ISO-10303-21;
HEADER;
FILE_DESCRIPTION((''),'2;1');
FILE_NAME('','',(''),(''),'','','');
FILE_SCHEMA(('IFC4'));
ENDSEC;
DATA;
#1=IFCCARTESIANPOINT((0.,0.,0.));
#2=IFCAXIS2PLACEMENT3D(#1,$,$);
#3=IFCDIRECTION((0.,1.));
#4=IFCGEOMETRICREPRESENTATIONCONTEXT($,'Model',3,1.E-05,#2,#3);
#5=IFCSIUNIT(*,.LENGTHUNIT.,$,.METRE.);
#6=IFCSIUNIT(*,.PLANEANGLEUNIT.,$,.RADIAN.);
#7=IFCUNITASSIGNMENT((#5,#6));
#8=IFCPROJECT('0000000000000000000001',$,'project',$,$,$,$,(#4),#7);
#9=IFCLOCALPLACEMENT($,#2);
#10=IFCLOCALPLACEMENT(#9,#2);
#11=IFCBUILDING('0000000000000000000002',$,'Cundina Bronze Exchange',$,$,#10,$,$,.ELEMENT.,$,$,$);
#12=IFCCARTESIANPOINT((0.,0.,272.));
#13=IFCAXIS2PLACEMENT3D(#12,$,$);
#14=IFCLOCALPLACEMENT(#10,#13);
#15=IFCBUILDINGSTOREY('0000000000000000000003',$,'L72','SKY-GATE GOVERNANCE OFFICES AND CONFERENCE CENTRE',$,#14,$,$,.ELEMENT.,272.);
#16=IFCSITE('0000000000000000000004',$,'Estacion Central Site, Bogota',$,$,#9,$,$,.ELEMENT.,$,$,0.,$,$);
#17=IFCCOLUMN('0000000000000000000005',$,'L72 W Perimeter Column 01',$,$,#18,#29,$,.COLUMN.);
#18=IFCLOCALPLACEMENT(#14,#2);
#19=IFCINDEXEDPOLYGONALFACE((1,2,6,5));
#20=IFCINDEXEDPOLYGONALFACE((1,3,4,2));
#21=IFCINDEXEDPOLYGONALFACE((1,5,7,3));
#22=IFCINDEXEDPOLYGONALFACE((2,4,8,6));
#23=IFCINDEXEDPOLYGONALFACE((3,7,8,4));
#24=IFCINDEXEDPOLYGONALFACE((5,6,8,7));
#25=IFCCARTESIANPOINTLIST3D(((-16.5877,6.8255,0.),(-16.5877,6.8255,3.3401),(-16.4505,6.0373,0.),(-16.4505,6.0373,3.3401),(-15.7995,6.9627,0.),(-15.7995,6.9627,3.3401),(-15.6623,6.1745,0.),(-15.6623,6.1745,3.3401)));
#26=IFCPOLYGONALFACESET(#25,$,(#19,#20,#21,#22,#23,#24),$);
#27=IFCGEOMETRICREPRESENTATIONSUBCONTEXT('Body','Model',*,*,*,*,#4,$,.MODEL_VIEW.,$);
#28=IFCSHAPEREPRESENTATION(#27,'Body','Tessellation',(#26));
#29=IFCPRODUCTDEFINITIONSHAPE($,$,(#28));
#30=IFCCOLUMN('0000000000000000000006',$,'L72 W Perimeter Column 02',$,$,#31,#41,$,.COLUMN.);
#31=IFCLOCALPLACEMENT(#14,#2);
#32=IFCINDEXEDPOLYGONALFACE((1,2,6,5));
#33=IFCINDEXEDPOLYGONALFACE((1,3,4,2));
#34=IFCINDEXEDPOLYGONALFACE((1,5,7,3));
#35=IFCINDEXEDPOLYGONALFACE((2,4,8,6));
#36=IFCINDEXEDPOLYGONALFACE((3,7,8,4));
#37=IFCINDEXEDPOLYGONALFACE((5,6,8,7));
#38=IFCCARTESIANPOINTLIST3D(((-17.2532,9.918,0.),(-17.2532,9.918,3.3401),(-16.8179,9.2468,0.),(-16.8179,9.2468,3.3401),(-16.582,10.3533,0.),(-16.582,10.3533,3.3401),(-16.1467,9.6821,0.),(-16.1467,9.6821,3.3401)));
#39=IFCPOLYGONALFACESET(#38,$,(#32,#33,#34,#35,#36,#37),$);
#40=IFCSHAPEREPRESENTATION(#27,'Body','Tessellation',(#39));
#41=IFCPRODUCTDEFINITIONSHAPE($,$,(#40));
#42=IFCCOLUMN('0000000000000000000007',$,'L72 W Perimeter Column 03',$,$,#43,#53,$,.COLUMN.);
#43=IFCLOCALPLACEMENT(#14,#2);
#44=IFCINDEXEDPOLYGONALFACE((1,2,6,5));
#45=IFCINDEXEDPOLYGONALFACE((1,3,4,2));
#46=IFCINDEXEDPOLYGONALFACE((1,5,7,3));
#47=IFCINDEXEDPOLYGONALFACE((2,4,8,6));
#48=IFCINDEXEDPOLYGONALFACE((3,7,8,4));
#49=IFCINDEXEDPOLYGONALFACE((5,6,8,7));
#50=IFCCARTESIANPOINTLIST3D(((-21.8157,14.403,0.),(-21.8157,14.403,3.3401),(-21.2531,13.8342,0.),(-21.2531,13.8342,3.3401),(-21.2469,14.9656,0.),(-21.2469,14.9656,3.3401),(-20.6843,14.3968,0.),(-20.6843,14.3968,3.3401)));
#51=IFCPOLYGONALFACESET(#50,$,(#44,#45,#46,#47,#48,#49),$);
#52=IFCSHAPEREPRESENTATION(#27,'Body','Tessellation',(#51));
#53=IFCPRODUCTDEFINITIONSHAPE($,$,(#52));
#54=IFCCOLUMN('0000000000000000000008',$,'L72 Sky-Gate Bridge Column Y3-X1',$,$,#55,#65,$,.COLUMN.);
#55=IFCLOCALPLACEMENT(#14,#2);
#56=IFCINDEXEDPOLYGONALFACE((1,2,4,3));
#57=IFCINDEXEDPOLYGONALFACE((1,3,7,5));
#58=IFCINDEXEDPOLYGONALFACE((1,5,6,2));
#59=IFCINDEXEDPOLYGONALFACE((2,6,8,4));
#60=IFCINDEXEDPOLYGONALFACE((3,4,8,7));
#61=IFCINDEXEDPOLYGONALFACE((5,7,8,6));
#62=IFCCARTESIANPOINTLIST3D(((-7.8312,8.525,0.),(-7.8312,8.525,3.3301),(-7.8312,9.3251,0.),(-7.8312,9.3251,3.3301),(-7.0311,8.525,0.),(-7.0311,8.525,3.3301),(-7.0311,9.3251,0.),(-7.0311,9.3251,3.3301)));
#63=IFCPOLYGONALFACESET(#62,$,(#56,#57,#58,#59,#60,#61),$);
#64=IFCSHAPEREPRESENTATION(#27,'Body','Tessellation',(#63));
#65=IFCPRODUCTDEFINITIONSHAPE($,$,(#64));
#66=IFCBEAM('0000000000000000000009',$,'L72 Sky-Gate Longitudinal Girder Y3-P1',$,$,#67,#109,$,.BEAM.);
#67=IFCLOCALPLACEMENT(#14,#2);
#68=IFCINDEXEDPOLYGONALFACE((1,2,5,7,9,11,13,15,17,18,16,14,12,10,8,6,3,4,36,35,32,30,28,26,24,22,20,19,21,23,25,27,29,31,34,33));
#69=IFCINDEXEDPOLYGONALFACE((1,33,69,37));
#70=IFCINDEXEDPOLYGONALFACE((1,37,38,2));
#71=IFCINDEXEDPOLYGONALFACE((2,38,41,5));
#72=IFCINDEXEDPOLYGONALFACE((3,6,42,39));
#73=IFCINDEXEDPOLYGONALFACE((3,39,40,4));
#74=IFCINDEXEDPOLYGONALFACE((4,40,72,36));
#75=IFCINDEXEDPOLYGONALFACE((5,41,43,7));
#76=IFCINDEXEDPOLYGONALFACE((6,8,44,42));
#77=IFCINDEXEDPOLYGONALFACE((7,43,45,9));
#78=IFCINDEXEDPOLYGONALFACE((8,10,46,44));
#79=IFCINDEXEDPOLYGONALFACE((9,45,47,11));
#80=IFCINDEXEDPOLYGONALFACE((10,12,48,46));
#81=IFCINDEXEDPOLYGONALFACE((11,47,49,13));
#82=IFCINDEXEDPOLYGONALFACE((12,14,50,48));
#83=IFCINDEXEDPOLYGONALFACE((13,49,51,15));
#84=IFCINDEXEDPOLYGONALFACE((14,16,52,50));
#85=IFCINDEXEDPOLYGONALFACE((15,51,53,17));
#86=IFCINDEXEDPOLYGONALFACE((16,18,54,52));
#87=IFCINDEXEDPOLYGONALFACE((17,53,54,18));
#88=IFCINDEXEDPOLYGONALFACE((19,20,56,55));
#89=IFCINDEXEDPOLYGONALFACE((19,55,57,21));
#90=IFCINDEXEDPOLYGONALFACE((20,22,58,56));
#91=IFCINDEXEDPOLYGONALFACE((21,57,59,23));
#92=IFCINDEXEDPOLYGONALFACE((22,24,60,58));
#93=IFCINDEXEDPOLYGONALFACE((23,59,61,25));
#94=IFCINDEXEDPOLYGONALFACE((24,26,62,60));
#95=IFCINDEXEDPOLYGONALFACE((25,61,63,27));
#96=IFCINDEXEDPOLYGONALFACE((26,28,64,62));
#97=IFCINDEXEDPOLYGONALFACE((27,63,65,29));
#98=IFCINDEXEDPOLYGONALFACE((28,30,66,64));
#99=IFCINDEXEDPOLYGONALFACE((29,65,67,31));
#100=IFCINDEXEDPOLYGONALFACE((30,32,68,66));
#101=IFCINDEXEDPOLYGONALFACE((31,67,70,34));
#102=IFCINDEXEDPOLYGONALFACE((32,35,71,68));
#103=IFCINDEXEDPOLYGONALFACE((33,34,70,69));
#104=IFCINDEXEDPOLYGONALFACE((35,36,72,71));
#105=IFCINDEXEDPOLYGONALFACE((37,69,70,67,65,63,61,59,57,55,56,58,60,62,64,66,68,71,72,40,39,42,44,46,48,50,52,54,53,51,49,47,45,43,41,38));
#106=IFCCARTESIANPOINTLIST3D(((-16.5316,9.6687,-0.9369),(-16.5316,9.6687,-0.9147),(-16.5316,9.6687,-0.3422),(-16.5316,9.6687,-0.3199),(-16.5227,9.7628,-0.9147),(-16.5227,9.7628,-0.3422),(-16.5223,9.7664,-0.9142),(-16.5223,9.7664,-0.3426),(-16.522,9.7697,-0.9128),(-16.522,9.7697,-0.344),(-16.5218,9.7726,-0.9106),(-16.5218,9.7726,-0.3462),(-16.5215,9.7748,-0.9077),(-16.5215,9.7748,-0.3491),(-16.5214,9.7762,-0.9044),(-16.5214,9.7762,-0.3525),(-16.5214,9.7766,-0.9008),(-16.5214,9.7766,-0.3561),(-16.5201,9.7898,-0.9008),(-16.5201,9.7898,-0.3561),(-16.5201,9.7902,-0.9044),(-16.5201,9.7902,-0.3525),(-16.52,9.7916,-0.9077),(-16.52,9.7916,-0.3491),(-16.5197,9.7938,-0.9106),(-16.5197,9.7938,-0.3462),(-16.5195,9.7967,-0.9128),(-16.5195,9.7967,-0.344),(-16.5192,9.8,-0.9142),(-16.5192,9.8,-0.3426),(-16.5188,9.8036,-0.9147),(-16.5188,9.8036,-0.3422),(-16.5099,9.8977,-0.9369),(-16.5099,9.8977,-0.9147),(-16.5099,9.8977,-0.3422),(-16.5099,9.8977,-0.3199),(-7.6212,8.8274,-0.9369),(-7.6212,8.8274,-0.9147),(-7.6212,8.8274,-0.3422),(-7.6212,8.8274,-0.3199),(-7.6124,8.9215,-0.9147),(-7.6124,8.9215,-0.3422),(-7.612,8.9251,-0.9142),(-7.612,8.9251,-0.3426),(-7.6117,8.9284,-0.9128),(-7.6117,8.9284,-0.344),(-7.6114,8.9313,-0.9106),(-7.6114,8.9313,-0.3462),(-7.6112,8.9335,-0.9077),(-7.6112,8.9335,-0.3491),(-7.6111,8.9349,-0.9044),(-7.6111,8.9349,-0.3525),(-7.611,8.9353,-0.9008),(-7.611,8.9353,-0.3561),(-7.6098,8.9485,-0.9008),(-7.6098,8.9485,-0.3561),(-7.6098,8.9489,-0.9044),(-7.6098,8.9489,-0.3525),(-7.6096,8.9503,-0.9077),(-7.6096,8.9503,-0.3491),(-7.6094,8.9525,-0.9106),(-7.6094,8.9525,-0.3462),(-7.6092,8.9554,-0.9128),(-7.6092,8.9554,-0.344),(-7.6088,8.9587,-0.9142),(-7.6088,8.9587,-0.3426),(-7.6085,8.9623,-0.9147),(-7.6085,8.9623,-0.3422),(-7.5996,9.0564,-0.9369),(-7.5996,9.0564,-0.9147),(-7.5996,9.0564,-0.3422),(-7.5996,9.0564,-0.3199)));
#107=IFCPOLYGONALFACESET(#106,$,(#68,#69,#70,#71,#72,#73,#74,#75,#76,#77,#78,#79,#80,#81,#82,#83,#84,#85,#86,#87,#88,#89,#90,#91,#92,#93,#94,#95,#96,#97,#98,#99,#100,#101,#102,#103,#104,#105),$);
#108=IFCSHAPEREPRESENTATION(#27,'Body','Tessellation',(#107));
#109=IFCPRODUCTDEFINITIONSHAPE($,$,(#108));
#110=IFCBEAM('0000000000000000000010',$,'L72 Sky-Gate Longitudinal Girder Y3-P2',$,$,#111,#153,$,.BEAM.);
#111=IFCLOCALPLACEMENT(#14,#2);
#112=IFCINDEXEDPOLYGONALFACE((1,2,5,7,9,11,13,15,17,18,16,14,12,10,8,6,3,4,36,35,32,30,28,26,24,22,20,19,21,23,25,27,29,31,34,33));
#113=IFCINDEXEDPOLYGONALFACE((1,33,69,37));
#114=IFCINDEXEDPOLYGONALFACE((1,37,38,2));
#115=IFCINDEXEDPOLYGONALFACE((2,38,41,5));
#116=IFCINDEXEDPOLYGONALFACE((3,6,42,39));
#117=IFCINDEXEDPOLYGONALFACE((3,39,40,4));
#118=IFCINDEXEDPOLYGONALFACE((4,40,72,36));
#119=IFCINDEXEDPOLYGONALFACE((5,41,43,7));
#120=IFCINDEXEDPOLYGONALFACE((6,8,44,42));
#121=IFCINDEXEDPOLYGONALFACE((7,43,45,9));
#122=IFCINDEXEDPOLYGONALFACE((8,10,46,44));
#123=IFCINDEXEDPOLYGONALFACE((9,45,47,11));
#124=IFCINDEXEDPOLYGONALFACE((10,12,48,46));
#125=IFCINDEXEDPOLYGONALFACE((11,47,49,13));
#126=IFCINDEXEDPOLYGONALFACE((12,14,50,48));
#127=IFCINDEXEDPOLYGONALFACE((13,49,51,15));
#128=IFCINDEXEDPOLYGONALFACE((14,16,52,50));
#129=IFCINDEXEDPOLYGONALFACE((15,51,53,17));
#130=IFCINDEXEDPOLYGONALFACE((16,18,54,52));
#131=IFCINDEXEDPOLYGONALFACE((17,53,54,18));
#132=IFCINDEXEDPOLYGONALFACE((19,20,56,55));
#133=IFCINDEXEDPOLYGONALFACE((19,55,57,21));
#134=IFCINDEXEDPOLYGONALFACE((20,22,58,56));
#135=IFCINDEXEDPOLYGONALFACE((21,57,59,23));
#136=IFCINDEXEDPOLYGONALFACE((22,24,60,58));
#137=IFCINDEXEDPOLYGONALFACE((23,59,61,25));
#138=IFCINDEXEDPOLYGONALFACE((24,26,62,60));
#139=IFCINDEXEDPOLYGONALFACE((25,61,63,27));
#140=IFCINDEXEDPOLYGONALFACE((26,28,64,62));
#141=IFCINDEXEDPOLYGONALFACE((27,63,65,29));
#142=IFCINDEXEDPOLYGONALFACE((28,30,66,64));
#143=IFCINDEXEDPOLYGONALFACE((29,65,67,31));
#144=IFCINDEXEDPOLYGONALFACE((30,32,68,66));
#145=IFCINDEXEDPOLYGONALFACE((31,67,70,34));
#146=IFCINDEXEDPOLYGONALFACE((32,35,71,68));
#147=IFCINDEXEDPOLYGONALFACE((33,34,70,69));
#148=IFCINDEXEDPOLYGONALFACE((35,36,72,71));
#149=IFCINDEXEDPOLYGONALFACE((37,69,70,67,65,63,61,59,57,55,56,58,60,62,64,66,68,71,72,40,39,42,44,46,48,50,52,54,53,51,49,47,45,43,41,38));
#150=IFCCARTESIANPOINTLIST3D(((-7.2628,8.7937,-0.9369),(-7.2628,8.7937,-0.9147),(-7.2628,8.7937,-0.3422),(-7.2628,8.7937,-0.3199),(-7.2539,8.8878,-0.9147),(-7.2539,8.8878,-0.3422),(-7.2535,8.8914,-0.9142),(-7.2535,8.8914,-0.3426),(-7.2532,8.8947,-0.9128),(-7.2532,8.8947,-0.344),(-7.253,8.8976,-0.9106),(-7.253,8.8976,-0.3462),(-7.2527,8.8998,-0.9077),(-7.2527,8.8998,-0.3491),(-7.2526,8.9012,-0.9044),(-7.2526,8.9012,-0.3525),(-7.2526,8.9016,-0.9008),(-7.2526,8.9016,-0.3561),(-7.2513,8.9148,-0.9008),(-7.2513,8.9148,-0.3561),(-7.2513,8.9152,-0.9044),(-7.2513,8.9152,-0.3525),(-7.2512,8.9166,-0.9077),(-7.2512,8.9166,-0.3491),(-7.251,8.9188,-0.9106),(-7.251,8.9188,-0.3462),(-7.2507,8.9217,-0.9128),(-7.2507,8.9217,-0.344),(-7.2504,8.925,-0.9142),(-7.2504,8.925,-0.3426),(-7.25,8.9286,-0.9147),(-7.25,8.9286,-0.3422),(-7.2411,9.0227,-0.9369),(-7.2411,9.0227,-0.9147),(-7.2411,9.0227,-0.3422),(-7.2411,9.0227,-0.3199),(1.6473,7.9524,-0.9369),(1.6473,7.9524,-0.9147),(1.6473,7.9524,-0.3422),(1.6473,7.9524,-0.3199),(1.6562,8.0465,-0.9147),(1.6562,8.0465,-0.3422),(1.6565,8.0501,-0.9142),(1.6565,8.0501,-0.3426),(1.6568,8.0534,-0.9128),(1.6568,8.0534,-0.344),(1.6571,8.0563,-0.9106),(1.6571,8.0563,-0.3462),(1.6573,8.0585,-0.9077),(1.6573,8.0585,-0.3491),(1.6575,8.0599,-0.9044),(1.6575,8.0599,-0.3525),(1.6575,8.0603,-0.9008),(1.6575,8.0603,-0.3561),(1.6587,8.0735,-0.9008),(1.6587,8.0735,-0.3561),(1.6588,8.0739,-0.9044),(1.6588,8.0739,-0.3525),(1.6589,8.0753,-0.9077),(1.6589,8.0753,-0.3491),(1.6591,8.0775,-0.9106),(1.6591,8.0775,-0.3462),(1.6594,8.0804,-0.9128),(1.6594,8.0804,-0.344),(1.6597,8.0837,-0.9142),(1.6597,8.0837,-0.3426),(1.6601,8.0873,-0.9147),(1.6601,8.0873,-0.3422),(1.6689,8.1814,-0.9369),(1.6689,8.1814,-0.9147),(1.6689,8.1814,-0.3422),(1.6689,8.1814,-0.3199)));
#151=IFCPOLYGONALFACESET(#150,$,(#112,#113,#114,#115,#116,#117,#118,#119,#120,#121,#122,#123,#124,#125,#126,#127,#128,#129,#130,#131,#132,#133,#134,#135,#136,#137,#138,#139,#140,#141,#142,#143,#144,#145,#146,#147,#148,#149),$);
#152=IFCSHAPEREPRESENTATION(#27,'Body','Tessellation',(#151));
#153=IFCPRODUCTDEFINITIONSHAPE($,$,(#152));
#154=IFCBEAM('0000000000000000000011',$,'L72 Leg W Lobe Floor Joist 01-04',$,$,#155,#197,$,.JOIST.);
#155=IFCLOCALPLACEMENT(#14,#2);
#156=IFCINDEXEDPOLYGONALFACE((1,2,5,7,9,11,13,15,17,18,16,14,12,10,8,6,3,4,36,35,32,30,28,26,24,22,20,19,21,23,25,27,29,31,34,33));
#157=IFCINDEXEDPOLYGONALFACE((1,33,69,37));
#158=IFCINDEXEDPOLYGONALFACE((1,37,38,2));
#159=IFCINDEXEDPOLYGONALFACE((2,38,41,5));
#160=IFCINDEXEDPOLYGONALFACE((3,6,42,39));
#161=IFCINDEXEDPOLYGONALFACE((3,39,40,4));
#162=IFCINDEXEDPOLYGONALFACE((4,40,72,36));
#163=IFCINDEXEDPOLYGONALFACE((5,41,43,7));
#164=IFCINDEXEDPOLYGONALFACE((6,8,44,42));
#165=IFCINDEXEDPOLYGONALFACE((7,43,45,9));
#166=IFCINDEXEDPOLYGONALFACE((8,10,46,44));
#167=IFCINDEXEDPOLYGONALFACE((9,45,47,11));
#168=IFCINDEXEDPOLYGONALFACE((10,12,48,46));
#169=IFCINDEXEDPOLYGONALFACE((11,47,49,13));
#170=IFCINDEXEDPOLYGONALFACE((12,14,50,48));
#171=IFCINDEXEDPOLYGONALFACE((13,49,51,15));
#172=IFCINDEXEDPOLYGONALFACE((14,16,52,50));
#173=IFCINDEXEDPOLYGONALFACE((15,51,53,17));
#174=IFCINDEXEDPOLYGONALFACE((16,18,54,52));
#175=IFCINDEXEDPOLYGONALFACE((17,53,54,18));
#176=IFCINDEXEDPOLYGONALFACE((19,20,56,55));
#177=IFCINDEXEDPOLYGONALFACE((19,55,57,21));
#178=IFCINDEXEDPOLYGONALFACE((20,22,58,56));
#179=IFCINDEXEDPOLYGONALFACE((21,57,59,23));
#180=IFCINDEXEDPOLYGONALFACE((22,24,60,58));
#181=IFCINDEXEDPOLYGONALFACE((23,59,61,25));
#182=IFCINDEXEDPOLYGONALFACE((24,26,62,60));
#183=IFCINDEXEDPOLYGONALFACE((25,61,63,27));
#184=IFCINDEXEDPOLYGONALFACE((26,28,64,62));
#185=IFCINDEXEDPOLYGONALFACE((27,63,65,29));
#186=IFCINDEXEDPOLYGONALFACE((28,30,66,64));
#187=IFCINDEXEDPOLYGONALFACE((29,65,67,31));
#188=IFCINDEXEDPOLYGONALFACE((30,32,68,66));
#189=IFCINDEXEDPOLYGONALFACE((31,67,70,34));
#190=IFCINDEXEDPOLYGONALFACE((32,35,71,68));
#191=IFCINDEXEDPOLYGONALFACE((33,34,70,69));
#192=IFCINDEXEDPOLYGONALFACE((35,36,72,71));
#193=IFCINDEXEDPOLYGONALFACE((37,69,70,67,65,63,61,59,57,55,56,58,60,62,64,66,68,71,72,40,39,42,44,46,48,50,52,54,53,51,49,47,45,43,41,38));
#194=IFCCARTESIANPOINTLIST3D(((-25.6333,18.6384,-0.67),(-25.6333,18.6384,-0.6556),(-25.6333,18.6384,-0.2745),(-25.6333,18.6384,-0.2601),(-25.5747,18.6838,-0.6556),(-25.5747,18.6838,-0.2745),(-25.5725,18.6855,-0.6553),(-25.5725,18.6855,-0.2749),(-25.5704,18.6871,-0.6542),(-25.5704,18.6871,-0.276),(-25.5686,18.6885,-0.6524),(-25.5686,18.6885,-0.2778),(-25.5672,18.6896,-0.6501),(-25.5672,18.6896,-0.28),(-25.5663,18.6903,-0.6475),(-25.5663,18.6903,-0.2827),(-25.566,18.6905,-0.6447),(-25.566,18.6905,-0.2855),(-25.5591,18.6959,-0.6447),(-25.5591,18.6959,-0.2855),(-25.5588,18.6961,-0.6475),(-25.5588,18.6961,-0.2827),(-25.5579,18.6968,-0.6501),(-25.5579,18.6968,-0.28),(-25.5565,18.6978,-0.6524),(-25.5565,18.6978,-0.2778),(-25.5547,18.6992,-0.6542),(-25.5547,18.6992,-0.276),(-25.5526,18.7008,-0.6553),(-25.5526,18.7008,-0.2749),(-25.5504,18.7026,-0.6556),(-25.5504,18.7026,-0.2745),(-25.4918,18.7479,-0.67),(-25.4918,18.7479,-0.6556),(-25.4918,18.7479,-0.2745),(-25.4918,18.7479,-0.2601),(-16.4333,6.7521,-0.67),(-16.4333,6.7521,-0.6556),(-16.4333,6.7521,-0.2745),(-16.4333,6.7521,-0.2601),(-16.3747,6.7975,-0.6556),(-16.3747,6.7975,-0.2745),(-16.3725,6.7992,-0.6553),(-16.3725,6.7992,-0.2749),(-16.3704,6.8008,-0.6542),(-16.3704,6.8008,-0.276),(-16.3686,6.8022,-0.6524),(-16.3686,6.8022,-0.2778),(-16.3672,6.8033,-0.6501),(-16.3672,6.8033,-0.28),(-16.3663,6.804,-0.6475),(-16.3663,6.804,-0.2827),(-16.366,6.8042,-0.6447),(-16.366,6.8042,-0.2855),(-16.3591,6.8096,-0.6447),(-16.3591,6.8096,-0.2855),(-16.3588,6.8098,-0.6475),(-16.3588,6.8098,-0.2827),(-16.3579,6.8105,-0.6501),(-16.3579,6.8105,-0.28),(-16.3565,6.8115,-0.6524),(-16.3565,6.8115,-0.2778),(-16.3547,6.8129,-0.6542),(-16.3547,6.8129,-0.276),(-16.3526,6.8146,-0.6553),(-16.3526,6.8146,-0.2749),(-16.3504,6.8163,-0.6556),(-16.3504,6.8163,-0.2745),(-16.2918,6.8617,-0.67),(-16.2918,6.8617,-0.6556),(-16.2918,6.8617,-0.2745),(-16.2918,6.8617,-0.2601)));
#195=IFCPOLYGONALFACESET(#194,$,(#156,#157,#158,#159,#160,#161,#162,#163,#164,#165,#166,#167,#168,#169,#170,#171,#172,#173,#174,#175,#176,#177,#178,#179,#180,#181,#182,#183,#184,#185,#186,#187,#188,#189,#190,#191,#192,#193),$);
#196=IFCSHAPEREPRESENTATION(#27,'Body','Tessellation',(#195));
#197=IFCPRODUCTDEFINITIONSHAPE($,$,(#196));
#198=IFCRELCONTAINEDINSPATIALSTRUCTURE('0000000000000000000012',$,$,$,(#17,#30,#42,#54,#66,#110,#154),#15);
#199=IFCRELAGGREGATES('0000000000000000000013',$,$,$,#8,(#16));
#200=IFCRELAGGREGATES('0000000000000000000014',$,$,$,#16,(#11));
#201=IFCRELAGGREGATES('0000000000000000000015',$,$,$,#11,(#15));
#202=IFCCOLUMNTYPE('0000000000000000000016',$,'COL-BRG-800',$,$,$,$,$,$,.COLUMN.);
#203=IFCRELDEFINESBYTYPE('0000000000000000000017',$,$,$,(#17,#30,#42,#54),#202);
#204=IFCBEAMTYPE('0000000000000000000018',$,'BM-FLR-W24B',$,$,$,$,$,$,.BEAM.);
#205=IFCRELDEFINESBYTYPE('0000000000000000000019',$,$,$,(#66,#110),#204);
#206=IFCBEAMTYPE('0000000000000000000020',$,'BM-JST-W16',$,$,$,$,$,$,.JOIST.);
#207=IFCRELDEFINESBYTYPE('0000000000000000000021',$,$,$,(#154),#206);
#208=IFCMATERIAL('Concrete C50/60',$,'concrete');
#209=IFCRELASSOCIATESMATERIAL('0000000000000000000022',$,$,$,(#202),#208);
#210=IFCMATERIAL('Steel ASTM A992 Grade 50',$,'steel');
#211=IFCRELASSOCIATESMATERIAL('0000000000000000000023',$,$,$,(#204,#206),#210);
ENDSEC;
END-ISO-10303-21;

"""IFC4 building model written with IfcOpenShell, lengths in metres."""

from ifc_helpers import new_model, si_unit, direction, frame, origin, origin_2d, place, context, subcontext, project, spatial, rectangle, i_section, extrude, material, material_profile, profile_set, type_object, element, save


model = new_model("IFC4")

# Units and contexts
model_context = context("Model", 3, precision=1e-05, world=origin(), true_north=direction((0.0, 1.0)))
body_context = subcontext(model_context, "Body", "Model", "MODEL_VIEW")
ifc_project = project(units=[si_unit("LENGTHUNIT", "METRE"), si_unit("PLANEANGLEUNIT", "RADIAN")], contexts=[model_context])

# Site, building, storey
site_placement = place(None, origin())
site = spatial("IfcSite", under=ifc_project, at=site_placement, Name="Estacion Central Site, Bogota", CompositionType="ELEMENT", RefElevation=0.0)
building_placement = place(site_placement, origin())
building = spatial("IfcBuilding", under=site, at=building_placement, Name="Cundina Bronze Exchange", CompositionType="ELEMENT")
storey_placement = place(building_placement, frame((0.0, 0.0, 272.0)))
storey = spatial("IfcBuildingStorey", under=building, at=storey_placement, Name="L72", Description="SKY-GATE GOVERNANCE OFFICES AND CONFERENCE CENTRE", CompositionType="ELEMENT", Elevation=272.0)

# Columns
ifc_material_1 = material(Name="Concrete C50/60", Category="concrete")
ifc_material_profile_1 = material_profile(ifc_material_1, rectangle(XDim=0.8, YDim=0.8, at=origin_2d()), Name="RC800X800", Category="concrete")
ifc_profile_set_1 = profile_set([ifc_material_profile_1], Name="Concrete C50/60")
column_type = type_object("IfcColumnType", Name="COL-BRG-800", PredefinedType="COLUMN", material=ifc_profile_set_1)
for number, where, z_axis, x_axis, name in (
    (1, (-16.125, 6.5, 0.0), (0.0, 0.0, 1.0), (-0.171585, 0.985169, 0.0), "L72 W Perimeter Column 01"),
    (2, (-16.7, 9.8, 0.0), (0.0, 0.0, 1.0), (-0.5442, 0.838956, 0.0), "L72 W Perimeter Column 02"),
    (3, (-21.25, 14.3999, 0.0), (0.0, 0.0, 1.0), (-0.703271, 0.710922, 0.0), "L72 W Perimeter Column 03"),
):
    element("IfcColumn", number, at=place(storey_placement, frame(where, z_axis=z_axis, x_axis=x_axis)), inside=storey, type_object=column_type, Name=name, PredefinedType="COLUMN", context=body_context, shape_type="SweptSolid", body=[
        extrude(rectangle(XDim=0.8, YDim=0.8, at=origin_2d()), origin(), (0.0, 0.0, 1.0), 3.3401),
    ])
column_placement = place(storey_placement, frame((-7.4312, 8.925, 0.0), z_axis=(0.0, 0.0, 1.0), x_axis=(1.0, 0.0, 0.0)))
element("IfcColumn", 4, at=column_placement, inside=storey, type_object=column_type, Name="L72 Sky-Gate Bridge Column Y3-X1", PredefinedType="COLUMN", context=body_context, shape_type="SweptSolid", body=[
    extrude(rectangle(XDim=0.8, YDim=0.8, at=origin_2d()), origin(), (0.0, 0.0, 1.0), 3.3301),
])

# Beams
ifc_material_2 = material(Name="Steel ASTM A992 Grade 50", Category="steel")
ifc_material_profile_2 = material_profile(ifc_material_2, i_section(OverallWidth=0.23, OverallDepth=0.6169, WebThickness=0.0132, FlangeThickness=0.0222, FilletRadius=0.0139, at=origin_2d()), Name="W24X94", Category="steel")
ifc_profile_set_2 = profile_set([ifc_material_profile_2], Name="Steel ASTM A992 Grade 50")
beam_type_1 = type_object("IfcBeamType", Name="BM-FLR-W24B", PredefinedType="BEAM", material=ifc_profile_set_2)
beam_1_placement = place(storey_placement, frame((-16.5208, 9.7832, -0.6284), z_axis=(0.995572, -0.094001, 0.0), x_axis=(0.094001, 0.995572, 0.0)))
element("IfcBeam", 5, at=beam_1_placement, inside=storey, type_object=beam_type_1, Name="L72 Sky-Gate Longitudinal Girder Y3-P1", PredefinedType="BEAM", context=body_context, shape_type="SweptSolid", body=[
    extrude(i_section(OverallWidth=0.23, OverallDepth=0.6169, WebThickness=0.0132, FlangeThickness=0.0222, FilletRadius=0.0139, at=origin_2d()), origin(), (0.0, 0.0, 1.0), 8.95),
])
beam_2_placement = place(storey_placement, frame((-7.252, 8.9082, -0.6284), z_axis=(0.995572, -0.094003, 0.0), x_axis=(0.094003, 0.995572, 0.0)))
element("IfcBeam", 6, at=beam_2_placement, inside=storey, type_object=beam_type_1, Name="L72 Sky-Gate Longitudinal Girder Y3-P2", PredefinedType="BEAM", context=body_context, shape_type="SweptSolid", body=[
    extrude(i_section(OverallWidth=0.23, OverallDepth=0.6169, WebThickness=0.0132, FlangeThickness=0.0222, FilletRadius=0.0139, at=origin_2d()), origin(), (0.0, 0.0, 1.0), 8.9497),
])
ifc_material_profile_3 = material_profile(ifc_material_2, i_section(OverallWidth=0.179, OverallDepth=0.4099, WebThickness=0.0088, FlangeThickness=0.0144, FilletRadius=0.011, at=origin_2d()), Name="W16X45", Category="steel")
ifc_profile_set_3 = profile_set([ifc_material_profile_3], Name="Steel ASTM A992 Grade 50")
beam_type_2 = type_object("IfcBeamType", Name="BM-JST-W16", PredefinedType="JOIST", material=ifc_profile_set_3)
beam_3_placement = place(storey_placement, frame((-16.3625, 6.8069, -0.4651), z_axis=(-0.612078, 0.790798, 0.0), x_axis=(-0.790798, -0.612078, 0.0)))
element("IfcBeam", 7, at=beam_3_placement, inside=storey, type_object=beam_type_2, Name="L72 Leg W Lobe Floor Joist 01-04", PredefinedType="JOIST", context=body_context, shape_type="SweptSolid", body=[
    extrude(i_section(OverallWidth=0.179, OverallDepth=0.4099, WebThickness=0.0088, FlangeThickness=0.0144, FilletRadius=0.011, at=origin_2d()), origin(), (0.0, 0.0, 1.0), 15.0308),
])

save(model, "model.ifc")
